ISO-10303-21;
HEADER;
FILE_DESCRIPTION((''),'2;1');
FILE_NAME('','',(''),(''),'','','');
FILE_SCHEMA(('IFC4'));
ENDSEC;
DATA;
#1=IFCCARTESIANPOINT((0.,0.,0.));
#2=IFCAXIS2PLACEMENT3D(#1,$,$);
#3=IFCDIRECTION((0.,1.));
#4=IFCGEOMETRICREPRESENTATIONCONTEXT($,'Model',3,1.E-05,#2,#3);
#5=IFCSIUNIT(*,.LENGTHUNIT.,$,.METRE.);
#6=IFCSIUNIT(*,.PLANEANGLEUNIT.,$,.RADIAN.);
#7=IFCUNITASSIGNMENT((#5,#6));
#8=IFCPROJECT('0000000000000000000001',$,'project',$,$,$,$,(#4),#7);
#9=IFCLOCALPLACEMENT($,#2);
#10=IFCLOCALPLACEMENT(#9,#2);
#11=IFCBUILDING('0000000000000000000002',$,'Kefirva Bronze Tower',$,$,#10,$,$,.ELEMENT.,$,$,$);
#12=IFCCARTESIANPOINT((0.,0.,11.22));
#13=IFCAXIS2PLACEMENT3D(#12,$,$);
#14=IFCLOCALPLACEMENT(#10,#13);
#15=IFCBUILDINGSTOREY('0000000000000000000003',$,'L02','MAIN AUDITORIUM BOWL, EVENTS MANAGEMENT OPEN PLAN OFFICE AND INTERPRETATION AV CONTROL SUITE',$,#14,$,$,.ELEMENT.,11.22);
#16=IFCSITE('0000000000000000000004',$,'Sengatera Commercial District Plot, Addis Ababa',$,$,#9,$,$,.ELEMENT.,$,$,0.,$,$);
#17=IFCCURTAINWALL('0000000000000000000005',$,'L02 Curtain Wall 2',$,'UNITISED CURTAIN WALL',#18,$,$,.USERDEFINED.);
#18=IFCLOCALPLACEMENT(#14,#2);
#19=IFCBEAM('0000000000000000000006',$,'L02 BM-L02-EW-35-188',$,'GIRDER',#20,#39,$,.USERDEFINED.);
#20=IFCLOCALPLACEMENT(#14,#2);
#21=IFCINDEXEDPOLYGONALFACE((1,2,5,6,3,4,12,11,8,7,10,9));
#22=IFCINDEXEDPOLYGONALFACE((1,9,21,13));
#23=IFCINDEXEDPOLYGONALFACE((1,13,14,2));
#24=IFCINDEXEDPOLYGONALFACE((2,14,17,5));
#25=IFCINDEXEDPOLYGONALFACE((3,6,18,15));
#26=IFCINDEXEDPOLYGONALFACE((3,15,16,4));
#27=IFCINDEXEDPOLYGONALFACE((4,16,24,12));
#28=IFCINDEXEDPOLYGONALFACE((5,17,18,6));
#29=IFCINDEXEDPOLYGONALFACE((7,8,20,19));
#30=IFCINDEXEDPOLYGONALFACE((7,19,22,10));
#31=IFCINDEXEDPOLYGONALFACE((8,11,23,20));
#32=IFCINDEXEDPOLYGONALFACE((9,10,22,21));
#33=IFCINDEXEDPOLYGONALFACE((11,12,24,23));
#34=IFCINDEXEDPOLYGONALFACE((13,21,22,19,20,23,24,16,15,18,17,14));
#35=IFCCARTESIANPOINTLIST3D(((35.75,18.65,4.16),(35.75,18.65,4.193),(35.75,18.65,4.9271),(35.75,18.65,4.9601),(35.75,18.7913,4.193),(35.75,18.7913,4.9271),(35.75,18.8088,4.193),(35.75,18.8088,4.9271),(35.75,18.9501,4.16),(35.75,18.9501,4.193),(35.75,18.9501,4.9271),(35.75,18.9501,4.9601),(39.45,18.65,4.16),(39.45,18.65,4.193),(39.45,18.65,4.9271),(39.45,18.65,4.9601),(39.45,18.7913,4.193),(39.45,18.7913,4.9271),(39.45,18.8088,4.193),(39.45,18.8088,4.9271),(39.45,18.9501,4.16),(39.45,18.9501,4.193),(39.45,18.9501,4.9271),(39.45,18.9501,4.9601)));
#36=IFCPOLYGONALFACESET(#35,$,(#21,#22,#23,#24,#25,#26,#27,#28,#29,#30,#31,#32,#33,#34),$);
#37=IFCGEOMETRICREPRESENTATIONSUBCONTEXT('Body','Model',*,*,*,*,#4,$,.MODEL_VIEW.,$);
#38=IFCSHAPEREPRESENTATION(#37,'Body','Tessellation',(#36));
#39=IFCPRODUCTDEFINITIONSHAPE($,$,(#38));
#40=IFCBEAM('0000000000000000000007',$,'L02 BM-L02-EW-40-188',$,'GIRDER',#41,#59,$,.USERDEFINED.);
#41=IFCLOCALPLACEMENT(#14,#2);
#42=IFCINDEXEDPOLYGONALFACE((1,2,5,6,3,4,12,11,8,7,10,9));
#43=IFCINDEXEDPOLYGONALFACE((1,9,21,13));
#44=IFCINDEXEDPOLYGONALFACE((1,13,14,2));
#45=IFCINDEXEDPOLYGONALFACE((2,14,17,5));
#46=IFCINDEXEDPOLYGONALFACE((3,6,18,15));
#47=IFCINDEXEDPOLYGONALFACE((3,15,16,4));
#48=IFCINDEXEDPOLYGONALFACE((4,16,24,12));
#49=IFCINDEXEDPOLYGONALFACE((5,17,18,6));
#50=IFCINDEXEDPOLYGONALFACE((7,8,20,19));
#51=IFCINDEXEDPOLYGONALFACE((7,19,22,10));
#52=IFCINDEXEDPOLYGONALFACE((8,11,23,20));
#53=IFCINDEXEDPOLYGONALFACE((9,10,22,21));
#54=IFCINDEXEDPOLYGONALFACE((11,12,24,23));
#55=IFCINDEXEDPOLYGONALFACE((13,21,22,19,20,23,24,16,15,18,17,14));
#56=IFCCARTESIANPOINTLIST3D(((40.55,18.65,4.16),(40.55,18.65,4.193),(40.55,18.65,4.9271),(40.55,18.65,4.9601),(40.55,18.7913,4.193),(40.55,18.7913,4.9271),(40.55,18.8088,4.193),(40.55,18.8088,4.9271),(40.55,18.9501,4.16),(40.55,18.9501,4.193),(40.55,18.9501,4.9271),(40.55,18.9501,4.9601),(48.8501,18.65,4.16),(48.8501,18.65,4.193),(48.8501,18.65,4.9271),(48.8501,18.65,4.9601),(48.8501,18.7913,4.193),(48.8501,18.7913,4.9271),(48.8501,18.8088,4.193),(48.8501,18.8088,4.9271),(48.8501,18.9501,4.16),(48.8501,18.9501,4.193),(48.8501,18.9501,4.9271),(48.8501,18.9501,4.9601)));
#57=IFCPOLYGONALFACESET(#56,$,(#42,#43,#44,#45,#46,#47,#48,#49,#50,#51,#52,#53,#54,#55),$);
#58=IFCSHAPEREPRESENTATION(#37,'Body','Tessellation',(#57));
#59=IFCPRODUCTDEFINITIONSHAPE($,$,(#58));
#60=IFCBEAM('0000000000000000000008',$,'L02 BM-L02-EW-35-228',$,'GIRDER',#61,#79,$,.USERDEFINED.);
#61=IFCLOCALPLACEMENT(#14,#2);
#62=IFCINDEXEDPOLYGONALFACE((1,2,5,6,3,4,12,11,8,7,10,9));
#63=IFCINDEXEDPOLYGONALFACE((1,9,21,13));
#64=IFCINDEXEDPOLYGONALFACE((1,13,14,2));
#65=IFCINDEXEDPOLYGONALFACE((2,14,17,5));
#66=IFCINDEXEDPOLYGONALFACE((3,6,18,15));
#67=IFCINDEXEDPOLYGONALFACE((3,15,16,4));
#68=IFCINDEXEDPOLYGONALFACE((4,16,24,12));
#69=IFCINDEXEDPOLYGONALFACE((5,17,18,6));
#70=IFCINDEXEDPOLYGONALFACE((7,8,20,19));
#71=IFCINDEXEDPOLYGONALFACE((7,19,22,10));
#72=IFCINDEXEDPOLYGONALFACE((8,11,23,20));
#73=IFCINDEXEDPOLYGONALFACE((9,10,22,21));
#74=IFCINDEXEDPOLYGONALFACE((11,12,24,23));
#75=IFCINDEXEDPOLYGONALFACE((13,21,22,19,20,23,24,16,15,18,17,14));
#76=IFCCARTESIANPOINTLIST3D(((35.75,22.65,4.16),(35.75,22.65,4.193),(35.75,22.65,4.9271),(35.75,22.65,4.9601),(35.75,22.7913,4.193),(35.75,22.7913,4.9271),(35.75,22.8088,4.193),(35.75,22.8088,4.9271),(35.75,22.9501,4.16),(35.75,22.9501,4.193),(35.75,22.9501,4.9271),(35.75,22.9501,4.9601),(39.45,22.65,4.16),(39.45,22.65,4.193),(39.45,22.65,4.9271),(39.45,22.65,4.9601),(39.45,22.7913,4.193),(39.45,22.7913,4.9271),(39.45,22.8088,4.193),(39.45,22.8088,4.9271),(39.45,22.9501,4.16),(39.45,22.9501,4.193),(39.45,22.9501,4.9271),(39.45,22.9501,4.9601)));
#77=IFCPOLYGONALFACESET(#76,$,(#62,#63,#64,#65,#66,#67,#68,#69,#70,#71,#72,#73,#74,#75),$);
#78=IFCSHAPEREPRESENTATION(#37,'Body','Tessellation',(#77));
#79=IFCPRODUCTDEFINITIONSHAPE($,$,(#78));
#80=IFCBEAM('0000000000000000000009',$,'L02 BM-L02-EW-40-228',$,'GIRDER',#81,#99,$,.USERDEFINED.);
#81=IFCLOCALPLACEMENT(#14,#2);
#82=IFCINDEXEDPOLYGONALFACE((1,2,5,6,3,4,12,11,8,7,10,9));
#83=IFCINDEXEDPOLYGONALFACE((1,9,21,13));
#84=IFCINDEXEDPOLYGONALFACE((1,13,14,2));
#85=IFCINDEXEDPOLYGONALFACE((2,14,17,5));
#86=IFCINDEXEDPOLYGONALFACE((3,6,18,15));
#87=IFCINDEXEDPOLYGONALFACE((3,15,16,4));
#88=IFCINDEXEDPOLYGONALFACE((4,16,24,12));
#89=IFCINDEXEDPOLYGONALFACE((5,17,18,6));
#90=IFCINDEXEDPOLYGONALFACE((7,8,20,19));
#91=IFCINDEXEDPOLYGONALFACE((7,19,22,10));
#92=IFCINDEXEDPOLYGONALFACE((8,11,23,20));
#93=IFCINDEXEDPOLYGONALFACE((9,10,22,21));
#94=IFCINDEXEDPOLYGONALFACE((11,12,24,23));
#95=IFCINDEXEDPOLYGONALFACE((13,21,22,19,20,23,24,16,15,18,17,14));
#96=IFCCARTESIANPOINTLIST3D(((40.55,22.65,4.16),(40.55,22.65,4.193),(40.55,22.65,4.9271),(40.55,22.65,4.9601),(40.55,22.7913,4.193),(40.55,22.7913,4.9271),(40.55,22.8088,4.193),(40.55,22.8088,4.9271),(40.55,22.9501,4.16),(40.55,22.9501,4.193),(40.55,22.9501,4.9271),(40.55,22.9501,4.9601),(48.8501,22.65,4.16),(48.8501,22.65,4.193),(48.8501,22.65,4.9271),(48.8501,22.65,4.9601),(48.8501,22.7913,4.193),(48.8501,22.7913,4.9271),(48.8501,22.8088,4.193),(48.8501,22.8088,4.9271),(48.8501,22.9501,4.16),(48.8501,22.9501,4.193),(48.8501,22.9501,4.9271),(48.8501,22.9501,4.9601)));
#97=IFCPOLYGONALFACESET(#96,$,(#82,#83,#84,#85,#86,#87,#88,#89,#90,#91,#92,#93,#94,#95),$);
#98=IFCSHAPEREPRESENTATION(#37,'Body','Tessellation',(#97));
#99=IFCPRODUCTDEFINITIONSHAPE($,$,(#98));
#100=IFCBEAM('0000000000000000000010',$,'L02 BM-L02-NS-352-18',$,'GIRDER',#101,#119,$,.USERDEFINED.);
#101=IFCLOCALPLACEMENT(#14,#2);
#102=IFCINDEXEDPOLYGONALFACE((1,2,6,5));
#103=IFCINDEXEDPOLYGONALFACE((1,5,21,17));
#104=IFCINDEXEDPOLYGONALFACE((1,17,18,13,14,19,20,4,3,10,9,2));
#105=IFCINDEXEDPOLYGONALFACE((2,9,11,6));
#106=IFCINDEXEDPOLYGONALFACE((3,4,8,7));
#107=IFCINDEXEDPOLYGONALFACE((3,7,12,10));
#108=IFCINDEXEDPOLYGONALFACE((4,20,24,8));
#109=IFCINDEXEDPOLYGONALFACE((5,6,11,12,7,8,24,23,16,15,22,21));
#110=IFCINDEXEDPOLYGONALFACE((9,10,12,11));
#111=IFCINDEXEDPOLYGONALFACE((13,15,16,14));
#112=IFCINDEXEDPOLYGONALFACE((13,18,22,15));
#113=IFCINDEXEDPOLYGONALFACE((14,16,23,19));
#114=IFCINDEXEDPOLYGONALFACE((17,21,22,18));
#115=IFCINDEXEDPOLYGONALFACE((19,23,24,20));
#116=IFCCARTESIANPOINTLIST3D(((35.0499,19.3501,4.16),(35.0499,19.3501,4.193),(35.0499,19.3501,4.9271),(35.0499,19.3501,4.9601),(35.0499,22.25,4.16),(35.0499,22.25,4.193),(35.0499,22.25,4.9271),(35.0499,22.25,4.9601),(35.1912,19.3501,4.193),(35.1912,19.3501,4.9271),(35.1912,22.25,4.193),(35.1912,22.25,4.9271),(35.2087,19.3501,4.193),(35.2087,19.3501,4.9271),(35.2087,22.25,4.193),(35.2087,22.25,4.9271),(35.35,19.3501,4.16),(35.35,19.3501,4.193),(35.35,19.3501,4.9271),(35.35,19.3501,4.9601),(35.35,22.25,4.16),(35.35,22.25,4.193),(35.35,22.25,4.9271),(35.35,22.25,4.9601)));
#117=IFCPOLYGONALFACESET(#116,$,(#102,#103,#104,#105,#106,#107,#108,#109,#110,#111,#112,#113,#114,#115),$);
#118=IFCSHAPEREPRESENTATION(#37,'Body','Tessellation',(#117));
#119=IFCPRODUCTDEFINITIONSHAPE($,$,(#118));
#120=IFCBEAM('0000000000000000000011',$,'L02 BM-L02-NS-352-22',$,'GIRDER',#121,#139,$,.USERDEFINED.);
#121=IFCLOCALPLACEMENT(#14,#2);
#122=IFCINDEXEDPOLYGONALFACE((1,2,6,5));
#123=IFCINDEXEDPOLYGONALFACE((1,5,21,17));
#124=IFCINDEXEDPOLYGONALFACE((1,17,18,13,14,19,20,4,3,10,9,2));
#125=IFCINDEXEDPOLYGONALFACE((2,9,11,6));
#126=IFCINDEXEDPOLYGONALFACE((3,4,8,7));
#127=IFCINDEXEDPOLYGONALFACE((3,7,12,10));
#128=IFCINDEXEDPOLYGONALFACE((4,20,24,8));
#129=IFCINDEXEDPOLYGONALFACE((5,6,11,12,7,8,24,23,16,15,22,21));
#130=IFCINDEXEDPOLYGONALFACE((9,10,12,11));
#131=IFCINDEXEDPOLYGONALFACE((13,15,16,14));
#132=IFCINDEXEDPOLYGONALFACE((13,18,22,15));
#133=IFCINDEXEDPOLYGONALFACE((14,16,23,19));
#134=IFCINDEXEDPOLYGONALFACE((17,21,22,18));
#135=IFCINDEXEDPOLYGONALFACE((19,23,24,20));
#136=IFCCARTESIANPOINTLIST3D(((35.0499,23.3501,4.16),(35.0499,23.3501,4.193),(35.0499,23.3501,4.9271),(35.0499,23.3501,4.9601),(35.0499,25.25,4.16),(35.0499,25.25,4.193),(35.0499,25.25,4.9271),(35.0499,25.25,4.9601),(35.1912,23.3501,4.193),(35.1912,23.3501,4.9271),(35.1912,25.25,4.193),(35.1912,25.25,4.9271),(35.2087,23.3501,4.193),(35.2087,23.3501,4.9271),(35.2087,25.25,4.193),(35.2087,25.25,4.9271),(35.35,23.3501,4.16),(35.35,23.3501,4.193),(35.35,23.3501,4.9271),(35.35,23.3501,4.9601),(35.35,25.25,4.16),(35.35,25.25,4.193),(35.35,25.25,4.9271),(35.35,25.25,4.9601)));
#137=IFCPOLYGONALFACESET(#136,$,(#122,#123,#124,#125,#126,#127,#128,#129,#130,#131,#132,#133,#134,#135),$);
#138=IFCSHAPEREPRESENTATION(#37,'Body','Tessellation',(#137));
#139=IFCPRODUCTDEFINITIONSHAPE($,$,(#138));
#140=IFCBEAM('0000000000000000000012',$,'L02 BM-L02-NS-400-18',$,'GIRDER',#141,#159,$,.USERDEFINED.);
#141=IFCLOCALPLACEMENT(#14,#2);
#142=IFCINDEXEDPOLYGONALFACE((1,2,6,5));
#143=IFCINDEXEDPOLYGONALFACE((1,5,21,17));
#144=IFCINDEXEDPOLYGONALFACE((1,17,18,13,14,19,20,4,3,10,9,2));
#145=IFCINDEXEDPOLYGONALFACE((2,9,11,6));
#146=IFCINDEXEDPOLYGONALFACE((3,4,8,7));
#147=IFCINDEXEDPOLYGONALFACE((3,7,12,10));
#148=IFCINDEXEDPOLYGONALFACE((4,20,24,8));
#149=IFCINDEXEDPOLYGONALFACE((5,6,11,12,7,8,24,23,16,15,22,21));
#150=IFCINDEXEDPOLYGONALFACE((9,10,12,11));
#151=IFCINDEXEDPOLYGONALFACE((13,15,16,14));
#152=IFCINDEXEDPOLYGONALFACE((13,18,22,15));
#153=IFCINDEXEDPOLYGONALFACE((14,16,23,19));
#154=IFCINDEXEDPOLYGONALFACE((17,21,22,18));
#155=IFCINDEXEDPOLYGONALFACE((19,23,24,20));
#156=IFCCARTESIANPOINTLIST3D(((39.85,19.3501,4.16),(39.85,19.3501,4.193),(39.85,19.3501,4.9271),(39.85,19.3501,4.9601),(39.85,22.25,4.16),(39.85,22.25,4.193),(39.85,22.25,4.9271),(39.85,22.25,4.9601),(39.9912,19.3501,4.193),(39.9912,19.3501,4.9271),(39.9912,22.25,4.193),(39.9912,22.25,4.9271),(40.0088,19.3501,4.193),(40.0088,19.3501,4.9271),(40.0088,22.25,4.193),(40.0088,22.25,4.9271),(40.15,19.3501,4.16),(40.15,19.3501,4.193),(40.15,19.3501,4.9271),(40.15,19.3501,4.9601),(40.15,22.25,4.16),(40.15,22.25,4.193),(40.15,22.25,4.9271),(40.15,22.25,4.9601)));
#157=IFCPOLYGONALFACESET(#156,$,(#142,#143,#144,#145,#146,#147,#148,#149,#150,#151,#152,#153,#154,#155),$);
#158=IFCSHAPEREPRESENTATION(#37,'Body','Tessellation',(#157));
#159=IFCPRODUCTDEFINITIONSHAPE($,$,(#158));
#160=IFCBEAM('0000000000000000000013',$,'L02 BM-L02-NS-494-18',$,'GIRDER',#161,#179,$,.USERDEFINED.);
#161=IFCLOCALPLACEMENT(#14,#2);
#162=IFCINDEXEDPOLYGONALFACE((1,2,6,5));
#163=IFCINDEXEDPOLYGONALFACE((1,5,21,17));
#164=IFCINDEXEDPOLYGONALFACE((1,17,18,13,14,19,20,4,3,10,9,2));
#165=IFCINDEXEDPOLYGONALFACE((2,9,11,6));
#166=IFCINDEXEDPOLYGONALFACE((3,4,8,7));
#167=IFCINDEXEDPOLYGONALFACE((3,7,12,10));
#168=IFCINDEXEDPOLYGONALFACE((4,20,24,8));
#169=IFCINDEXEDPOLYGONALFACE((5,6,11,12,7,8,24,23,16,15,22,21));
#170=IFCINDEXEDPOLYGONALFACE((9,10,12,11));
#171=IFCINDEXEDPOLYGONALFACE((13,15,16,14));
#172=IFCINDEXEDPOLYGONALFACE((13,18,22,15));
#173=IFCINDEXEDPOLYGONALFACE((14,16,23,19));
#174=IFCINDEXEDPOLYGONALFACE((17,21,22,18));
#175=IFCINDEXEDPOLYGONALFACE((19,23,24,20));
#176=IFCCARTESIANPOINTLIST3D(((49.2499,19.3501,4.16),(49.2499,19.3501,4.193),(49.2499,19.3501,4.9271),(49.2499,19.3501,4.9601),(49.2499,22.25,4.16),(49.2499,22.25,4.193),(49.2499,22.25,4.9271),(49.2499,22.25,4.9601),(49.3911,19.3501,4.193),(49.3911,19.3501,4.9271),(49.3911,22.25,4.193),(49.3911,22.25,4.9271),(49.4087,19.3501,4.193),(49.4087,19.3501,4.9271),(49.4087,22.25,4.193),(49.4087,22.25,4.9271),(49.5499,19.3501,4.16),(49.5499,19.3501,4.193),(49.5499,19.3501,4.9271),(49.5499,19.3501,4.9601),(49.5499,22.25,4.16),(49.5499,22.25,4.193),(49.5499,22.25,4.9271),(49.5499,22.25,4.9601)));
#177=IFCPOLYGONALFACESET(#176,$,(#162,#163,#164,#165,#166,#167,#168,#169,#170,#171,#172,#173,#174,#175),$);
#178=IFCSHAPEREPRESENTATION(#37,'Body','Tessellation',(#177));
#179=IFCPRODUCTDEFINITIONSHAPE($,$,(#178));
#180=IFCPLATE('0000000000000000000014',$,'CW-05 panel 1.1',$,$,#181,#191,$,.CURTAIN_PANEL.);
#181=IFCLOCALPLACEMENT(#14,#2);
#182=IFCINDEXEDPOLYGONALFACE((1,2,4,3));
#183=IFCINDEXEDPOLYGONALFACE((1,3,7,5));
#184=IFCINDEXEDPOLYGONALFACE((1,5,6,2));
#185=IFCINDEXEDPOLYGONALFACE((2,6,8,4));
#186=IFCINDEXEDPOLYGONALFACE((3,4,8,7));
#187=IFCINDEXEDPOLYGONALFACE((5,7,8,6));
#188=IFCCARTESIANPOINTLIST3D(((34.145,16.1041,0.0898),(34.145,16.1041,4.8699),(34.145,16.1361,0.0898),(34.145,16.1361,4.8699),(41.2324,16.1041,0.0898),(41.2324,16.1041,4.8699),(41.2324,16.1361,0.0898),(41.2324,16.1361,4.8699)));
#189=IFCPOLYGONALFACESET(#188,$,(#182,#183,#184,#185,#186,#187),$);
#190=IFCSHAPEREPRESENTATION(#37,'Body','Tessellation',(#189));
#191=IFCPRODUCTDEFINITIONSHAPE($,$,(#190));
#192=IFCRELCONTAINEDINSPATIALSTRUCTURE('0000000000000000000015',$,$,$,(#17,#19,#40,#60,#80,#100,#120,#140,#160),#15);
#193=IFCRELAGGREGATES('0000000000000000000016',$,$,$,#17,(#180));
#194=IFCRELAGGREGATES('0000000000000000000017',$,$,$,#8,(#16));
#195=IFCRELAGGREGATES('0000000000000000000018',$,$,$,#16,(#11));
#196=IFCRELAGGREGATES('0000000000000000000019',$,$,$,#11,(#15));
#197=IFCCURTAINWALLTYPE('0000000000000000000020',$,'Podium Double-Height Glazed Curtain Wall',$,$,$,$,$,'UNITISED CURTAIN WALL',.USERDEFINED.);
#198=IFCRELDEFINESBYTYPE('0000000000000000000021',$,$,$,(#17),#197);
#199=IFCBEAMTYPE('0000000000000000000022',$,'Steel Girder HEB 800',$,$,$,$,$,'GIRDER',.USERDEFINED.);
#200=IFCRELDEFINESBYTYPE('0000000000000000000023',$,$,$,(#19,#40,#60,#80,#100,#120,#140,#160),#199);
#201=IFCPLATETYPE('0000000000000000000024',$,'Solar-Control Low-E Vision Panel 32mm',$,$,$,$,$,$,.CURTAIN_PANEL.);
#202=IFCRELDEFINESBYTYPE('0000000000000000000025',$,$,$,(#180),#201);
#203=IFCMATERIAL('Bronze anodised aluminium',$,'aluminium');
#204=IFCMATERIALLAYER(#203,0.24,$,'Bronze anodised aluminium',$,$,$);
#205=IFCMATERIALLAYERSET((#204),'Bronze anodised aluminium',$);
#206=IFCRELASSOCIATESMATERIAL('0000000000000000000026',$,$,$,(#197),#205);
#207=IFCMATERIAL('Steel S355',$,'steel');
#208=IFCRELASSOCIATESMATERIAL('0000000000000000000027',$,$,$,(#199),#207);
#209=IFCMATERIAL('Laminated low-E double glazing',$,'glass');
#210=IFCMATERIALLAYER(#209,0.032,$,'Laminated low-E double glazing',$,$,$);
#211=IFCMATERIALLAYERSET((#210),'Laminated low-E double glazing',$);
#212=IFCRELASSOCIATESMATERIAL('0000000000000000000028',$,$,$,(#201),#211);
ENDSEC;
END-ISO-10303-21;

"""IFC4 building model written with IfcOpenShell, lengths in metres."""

from ifc_helpers import new_model, si_unit, direction, frame, origin, origin_2d, place, context, subcontext, project, spatial, rectangle, i_section, extrude, material, layer, layer_set, material_profile, profile_set, type_object, element, aggregate, save


model = new_model("IFC4")

# Units and contexts
model_context = context("Model", 3, precision=1e-05, world=origin(), true_north=direction((0.0, 1.0)))
body_context = subcontext(model_context, "Body", "Model", "MODEL_VIEW")
ifc_project = project(units=[si_unit("LENGTHUNIT", "METRE"), si_unit("PLANEANGLEUNIT", "RADIAN")], contexts=[model_context])

# Site, building, storey
site_placement = place(None, origin())
site = spatial("IfcSite", under=ifc_project, at=site_placement, Name="Sengatera Commercial District Plot, Addis Ababa", CompositionType="ELEMENT", RefElevation=0.0)
building_placement = place(site_placement, origin())
building = spatial("IfcBuilding", under=site, at=building_placement, Name="Kefirva Bronze Tower", CompositionType="ELEMENT")
storey_placement = place(building_placement, frame((0.0, 0.0, 11.22)))
storey = spatial("IfcBuildingStorey", under=building, at=storey_placement, Name="L02", Description="MAIN AUDITORIUM BOWL, EVENTS MANAGEMENT OPEN PLAN OFFICE AND INTERPRETATION AV CONTROL SUITE", CompositionType="ELEMENT", Elevation=11.22)

# Curtain wall
ifc_material_1 = material(Name="Bronze anodised aluminium", Category="aluminium")
ifc_layer_1 = layer(ifc_material_1, 0.24, Name="Bronze anodised aluminium")
ifc_layer_set_1 = layer_set([ifc_layer_1], Name="Bronze anodised aluminium")
curtain_wall_type = type_object("IfcCurtainWallType", Name="Podium Double-Height Glazed Curtain Wall", ElementType="UNITISED CURTAIN WALL", PredefinedType="USERDEFINED", material=ifc_layer_set_1)
curtain_wall_placement = place(storey_placement, origin())
curtain_wall = element("IfcCurtainWall", 1, at=curtain_wall_placement, inside=storey, type_object=curtain_wall_type, Name="L02 Curtain Wall 2", ObjectType="UNITISED CURTAIN WALL", PredefinedType="USERDEFINED")

# Beams
ifc_material_2 = material(Name="Steel S355", Category="steel")
ifc_material_profile_1 = material_profile(ifc_material_2, i_section(OverallWidth=0.3, OverallDepth=0.8, WebThickness=0.0176, FlangeThickness=0.033, at=origin_2d()), Name="HEB 800")
ifc_profile_set_1 = profile_set([ifc_material_profile_1], Name="Steel S355")
beam_type = type_object("IfcBeamType", Name="Steel Girder HEB 800", ElementType="GIRDER", PredefinedType="USERDEFINED", material=ifc_profile_set_1)
beam_1_placement = place(storey_placement, frame((35.75, 18.8, 4.5601), z_axis=(1.0, 0.0, 0.0), x_axis=(0.0, 1.0, 0.0)))
element("IfcBeam", 2, at=beam_1_placement, inside=storey, type_object=beam_type, Name="L02 BM-L02-EW-35-188", ObjectType="GIRDER", PredefinedType="USERDEFINED", context=body_context, shape_type="SweptSolid", body=[
    extrude(i_section(OverallWidth=0.3, OverallDepth=0.8, WebThickness=0.0176, FlangeThickness=0.033, at=origin_2d()), origin(), (0.0, 0.0, 1.0), 3.7),
])
beam_2_placement = place(storey_placement, frame((40.55, 18.8, 4.5601), z_axis=(1.0, 0.0, 0.0), x_axis=(0.0, 1.0, 0.0)))
element("IfcBeam", 3, at=beam_2_placement, inside=storey, type_object=beam_type, Name="L02 BM-L02-EW-40-188", ObjectType="GIRDER", PredefinedType="USERDEFINED", context=body_context, shape_type="SweptSolid", body=[
    extrude(i_section(OverallWidth=0.3, OverallDepth=0.8, WebThickness=0.0176, FlangeThickness=0.033, at=origin_2d()), origin(), (0.0, 0.0, 1.0), 8.3),
])
beam_3_placement = place(storey_placement, frame((35.75, 22.8, 4.5601), z_axis=(1.0, 0.0, 0.0), x_axis=(0.0, 1.0, 0.0)))
element("IfcBeam", 4, at=beam_3_placement, inside=storey, type_object=beam_type, Name="L02 BM-L02-EW-35-228", ObjectType="GIRDER", PredefinedType="USERDEFINED", context=body_context, shape_type="SweptSolid", body=[
    extrude(i_section(OverallWidth=0.3, OverallDepth=0.8, WebThickness=0.0176, FlangeThickness=0.033, at=origin_2d()), origin(), (0.0, 0.0, 1.0), 3.7),
])
beam_4_placement = place(storey_placement, frame((40.55, 22.8, 4.5601), z_axis=(1.0, 0.0, 0.0), x_axis=(0.0, 1.0, 0.0)))
element("IfcBeam", 5, at=beam_4_placement, inside=storey, type_object=beam_type, Name="L02 BM-L02-EW-40-228", ObjectType="GIRDER", PredefinedType="USERDEFINED", context=body_context, shape_type="SweptSolid", body=[
    extrude(i_section(OverallWidth=0.3, OverallDepth=0.8, WebThickness=0.0176, FlangeThickness=0.033, at=origin_2d()), origin(), (0.0, 0.0, 1.0), 8.3),
])
beam_5_placement = place(storey_placement, frame((35.2, 19.3501, 4.5601), z_axis=(0.0, 1.0, 0.0), x_axis=(-1.0, 0.0, 0.0)))
element("IfcBeam", 6, at=beam_5_placement, inside=storey, type_object=beam_type, Name="L02 BM-L02-NS-352-18", ObjectType="GIRDER", PredefinedType="USERDEFINED", context=body_context, shape_type="SweptSolid", body=[
    extrude(i_section(OverallWidth=0.3, OverallDepth=0.8, WebThickness=0.0176, FlangeThickness=0.033, at=origin_2d()), origin(), (0.0, 0.0, 1.0), 2.8999),
])
beam_6_placement = place(storey_placement, frame((35.2, 23.3501, 4.5601), z_axis=(0.0, 1.0, 0.0), x_axis=(-1.0, 0.0, 0.0)))
element("IfcBeam", 7, at=beam_6_placement, inside=storey, type_object=beam_type, Name="L02 BM-L02-NS-352-22", ObjectType="GIRDER", PredefinedType="USERDEFINED", context=body_context, shape_type="SweptSolid", body=[
    extrude(i_section(OverallWidth=0.3, OverallDepth=0.8, WebThickness=0.0176, FlangeThickness=0.033, at=origin_2d()), origin(), (0.0, 0.0, 1.0), 1.8999),
])
for number, where, z_axis, x_axis, name in (
    (8, (40.0, 19.3501, 4.5601), (0.0, 1.0, 0.0), (-1.0, 0.0, 0.0), "L02 BM-L02-NS-400-18"),
    (9, (49.3999, 19.3501, 4.5601), (0.0, 1.0, 0.0), (-1.0, 0.0, 0.0), "L02 BM-L02-NS-494-18"),
):
    element("IfcBeam", number, at=place(storey_placement, frame(where, z_axis=z_axis, x_axis=x_axis)), inside=storey, type_object=beam_type, Name=name, ObjectType="GIRDER", PredefinedType="USERDEFINED", context=body_context, shape_type="SweptSolid", body=[
        extrude(i_section(OverallWidth=0.3, OverallDepth=0.8, WebThickness=0.0176, FlangeThickness=0.033, at=origin_2d()), origin(), (0.0, 0.0, 1.0), 2.8999),
    ])

# Plate
ifc_material_3 = material(Name="Laminated low-E double glazing", Category="glass")
ifc_layer_2 = layer(ifc_material_3, 0.032, Name="Laminated low-E double glazing")
ifc_layer_set_2 = layer_set([ifc_layer_2], Name="Laminated low-E double glazing")
plate_type = type_object("IfcPlateType", Name="Solar-Control Low-E Vision Panel 32mm", PredefinedType="CURTAIN_PANEL", material=ifc_layer_set_2)
plate_1_placement = place(storey_placement, frame((37.6887, 16.1201, 0.0898), z_axis=(0.0, 0.0, 1.0), x_axis=(1.0, 0.0, 0.0)))
plate_1 = element("IfcPlate", 10, at=plate_1_placement, type_object=plate_type, Name="CW-05 panel 1.1", PredefinedType="CURTAIN_PANEL", context=body_context, shape_type="SweptSolid", body=[
    extrude(rectangle(XDim=7.0874, YDim=0.032, at=origin_2d()), origin(), (0.0, 0.0, 1.0), 4.78),
])
aggregate(curtain_wall, [plate_1])

save(model, "model.ifc")
